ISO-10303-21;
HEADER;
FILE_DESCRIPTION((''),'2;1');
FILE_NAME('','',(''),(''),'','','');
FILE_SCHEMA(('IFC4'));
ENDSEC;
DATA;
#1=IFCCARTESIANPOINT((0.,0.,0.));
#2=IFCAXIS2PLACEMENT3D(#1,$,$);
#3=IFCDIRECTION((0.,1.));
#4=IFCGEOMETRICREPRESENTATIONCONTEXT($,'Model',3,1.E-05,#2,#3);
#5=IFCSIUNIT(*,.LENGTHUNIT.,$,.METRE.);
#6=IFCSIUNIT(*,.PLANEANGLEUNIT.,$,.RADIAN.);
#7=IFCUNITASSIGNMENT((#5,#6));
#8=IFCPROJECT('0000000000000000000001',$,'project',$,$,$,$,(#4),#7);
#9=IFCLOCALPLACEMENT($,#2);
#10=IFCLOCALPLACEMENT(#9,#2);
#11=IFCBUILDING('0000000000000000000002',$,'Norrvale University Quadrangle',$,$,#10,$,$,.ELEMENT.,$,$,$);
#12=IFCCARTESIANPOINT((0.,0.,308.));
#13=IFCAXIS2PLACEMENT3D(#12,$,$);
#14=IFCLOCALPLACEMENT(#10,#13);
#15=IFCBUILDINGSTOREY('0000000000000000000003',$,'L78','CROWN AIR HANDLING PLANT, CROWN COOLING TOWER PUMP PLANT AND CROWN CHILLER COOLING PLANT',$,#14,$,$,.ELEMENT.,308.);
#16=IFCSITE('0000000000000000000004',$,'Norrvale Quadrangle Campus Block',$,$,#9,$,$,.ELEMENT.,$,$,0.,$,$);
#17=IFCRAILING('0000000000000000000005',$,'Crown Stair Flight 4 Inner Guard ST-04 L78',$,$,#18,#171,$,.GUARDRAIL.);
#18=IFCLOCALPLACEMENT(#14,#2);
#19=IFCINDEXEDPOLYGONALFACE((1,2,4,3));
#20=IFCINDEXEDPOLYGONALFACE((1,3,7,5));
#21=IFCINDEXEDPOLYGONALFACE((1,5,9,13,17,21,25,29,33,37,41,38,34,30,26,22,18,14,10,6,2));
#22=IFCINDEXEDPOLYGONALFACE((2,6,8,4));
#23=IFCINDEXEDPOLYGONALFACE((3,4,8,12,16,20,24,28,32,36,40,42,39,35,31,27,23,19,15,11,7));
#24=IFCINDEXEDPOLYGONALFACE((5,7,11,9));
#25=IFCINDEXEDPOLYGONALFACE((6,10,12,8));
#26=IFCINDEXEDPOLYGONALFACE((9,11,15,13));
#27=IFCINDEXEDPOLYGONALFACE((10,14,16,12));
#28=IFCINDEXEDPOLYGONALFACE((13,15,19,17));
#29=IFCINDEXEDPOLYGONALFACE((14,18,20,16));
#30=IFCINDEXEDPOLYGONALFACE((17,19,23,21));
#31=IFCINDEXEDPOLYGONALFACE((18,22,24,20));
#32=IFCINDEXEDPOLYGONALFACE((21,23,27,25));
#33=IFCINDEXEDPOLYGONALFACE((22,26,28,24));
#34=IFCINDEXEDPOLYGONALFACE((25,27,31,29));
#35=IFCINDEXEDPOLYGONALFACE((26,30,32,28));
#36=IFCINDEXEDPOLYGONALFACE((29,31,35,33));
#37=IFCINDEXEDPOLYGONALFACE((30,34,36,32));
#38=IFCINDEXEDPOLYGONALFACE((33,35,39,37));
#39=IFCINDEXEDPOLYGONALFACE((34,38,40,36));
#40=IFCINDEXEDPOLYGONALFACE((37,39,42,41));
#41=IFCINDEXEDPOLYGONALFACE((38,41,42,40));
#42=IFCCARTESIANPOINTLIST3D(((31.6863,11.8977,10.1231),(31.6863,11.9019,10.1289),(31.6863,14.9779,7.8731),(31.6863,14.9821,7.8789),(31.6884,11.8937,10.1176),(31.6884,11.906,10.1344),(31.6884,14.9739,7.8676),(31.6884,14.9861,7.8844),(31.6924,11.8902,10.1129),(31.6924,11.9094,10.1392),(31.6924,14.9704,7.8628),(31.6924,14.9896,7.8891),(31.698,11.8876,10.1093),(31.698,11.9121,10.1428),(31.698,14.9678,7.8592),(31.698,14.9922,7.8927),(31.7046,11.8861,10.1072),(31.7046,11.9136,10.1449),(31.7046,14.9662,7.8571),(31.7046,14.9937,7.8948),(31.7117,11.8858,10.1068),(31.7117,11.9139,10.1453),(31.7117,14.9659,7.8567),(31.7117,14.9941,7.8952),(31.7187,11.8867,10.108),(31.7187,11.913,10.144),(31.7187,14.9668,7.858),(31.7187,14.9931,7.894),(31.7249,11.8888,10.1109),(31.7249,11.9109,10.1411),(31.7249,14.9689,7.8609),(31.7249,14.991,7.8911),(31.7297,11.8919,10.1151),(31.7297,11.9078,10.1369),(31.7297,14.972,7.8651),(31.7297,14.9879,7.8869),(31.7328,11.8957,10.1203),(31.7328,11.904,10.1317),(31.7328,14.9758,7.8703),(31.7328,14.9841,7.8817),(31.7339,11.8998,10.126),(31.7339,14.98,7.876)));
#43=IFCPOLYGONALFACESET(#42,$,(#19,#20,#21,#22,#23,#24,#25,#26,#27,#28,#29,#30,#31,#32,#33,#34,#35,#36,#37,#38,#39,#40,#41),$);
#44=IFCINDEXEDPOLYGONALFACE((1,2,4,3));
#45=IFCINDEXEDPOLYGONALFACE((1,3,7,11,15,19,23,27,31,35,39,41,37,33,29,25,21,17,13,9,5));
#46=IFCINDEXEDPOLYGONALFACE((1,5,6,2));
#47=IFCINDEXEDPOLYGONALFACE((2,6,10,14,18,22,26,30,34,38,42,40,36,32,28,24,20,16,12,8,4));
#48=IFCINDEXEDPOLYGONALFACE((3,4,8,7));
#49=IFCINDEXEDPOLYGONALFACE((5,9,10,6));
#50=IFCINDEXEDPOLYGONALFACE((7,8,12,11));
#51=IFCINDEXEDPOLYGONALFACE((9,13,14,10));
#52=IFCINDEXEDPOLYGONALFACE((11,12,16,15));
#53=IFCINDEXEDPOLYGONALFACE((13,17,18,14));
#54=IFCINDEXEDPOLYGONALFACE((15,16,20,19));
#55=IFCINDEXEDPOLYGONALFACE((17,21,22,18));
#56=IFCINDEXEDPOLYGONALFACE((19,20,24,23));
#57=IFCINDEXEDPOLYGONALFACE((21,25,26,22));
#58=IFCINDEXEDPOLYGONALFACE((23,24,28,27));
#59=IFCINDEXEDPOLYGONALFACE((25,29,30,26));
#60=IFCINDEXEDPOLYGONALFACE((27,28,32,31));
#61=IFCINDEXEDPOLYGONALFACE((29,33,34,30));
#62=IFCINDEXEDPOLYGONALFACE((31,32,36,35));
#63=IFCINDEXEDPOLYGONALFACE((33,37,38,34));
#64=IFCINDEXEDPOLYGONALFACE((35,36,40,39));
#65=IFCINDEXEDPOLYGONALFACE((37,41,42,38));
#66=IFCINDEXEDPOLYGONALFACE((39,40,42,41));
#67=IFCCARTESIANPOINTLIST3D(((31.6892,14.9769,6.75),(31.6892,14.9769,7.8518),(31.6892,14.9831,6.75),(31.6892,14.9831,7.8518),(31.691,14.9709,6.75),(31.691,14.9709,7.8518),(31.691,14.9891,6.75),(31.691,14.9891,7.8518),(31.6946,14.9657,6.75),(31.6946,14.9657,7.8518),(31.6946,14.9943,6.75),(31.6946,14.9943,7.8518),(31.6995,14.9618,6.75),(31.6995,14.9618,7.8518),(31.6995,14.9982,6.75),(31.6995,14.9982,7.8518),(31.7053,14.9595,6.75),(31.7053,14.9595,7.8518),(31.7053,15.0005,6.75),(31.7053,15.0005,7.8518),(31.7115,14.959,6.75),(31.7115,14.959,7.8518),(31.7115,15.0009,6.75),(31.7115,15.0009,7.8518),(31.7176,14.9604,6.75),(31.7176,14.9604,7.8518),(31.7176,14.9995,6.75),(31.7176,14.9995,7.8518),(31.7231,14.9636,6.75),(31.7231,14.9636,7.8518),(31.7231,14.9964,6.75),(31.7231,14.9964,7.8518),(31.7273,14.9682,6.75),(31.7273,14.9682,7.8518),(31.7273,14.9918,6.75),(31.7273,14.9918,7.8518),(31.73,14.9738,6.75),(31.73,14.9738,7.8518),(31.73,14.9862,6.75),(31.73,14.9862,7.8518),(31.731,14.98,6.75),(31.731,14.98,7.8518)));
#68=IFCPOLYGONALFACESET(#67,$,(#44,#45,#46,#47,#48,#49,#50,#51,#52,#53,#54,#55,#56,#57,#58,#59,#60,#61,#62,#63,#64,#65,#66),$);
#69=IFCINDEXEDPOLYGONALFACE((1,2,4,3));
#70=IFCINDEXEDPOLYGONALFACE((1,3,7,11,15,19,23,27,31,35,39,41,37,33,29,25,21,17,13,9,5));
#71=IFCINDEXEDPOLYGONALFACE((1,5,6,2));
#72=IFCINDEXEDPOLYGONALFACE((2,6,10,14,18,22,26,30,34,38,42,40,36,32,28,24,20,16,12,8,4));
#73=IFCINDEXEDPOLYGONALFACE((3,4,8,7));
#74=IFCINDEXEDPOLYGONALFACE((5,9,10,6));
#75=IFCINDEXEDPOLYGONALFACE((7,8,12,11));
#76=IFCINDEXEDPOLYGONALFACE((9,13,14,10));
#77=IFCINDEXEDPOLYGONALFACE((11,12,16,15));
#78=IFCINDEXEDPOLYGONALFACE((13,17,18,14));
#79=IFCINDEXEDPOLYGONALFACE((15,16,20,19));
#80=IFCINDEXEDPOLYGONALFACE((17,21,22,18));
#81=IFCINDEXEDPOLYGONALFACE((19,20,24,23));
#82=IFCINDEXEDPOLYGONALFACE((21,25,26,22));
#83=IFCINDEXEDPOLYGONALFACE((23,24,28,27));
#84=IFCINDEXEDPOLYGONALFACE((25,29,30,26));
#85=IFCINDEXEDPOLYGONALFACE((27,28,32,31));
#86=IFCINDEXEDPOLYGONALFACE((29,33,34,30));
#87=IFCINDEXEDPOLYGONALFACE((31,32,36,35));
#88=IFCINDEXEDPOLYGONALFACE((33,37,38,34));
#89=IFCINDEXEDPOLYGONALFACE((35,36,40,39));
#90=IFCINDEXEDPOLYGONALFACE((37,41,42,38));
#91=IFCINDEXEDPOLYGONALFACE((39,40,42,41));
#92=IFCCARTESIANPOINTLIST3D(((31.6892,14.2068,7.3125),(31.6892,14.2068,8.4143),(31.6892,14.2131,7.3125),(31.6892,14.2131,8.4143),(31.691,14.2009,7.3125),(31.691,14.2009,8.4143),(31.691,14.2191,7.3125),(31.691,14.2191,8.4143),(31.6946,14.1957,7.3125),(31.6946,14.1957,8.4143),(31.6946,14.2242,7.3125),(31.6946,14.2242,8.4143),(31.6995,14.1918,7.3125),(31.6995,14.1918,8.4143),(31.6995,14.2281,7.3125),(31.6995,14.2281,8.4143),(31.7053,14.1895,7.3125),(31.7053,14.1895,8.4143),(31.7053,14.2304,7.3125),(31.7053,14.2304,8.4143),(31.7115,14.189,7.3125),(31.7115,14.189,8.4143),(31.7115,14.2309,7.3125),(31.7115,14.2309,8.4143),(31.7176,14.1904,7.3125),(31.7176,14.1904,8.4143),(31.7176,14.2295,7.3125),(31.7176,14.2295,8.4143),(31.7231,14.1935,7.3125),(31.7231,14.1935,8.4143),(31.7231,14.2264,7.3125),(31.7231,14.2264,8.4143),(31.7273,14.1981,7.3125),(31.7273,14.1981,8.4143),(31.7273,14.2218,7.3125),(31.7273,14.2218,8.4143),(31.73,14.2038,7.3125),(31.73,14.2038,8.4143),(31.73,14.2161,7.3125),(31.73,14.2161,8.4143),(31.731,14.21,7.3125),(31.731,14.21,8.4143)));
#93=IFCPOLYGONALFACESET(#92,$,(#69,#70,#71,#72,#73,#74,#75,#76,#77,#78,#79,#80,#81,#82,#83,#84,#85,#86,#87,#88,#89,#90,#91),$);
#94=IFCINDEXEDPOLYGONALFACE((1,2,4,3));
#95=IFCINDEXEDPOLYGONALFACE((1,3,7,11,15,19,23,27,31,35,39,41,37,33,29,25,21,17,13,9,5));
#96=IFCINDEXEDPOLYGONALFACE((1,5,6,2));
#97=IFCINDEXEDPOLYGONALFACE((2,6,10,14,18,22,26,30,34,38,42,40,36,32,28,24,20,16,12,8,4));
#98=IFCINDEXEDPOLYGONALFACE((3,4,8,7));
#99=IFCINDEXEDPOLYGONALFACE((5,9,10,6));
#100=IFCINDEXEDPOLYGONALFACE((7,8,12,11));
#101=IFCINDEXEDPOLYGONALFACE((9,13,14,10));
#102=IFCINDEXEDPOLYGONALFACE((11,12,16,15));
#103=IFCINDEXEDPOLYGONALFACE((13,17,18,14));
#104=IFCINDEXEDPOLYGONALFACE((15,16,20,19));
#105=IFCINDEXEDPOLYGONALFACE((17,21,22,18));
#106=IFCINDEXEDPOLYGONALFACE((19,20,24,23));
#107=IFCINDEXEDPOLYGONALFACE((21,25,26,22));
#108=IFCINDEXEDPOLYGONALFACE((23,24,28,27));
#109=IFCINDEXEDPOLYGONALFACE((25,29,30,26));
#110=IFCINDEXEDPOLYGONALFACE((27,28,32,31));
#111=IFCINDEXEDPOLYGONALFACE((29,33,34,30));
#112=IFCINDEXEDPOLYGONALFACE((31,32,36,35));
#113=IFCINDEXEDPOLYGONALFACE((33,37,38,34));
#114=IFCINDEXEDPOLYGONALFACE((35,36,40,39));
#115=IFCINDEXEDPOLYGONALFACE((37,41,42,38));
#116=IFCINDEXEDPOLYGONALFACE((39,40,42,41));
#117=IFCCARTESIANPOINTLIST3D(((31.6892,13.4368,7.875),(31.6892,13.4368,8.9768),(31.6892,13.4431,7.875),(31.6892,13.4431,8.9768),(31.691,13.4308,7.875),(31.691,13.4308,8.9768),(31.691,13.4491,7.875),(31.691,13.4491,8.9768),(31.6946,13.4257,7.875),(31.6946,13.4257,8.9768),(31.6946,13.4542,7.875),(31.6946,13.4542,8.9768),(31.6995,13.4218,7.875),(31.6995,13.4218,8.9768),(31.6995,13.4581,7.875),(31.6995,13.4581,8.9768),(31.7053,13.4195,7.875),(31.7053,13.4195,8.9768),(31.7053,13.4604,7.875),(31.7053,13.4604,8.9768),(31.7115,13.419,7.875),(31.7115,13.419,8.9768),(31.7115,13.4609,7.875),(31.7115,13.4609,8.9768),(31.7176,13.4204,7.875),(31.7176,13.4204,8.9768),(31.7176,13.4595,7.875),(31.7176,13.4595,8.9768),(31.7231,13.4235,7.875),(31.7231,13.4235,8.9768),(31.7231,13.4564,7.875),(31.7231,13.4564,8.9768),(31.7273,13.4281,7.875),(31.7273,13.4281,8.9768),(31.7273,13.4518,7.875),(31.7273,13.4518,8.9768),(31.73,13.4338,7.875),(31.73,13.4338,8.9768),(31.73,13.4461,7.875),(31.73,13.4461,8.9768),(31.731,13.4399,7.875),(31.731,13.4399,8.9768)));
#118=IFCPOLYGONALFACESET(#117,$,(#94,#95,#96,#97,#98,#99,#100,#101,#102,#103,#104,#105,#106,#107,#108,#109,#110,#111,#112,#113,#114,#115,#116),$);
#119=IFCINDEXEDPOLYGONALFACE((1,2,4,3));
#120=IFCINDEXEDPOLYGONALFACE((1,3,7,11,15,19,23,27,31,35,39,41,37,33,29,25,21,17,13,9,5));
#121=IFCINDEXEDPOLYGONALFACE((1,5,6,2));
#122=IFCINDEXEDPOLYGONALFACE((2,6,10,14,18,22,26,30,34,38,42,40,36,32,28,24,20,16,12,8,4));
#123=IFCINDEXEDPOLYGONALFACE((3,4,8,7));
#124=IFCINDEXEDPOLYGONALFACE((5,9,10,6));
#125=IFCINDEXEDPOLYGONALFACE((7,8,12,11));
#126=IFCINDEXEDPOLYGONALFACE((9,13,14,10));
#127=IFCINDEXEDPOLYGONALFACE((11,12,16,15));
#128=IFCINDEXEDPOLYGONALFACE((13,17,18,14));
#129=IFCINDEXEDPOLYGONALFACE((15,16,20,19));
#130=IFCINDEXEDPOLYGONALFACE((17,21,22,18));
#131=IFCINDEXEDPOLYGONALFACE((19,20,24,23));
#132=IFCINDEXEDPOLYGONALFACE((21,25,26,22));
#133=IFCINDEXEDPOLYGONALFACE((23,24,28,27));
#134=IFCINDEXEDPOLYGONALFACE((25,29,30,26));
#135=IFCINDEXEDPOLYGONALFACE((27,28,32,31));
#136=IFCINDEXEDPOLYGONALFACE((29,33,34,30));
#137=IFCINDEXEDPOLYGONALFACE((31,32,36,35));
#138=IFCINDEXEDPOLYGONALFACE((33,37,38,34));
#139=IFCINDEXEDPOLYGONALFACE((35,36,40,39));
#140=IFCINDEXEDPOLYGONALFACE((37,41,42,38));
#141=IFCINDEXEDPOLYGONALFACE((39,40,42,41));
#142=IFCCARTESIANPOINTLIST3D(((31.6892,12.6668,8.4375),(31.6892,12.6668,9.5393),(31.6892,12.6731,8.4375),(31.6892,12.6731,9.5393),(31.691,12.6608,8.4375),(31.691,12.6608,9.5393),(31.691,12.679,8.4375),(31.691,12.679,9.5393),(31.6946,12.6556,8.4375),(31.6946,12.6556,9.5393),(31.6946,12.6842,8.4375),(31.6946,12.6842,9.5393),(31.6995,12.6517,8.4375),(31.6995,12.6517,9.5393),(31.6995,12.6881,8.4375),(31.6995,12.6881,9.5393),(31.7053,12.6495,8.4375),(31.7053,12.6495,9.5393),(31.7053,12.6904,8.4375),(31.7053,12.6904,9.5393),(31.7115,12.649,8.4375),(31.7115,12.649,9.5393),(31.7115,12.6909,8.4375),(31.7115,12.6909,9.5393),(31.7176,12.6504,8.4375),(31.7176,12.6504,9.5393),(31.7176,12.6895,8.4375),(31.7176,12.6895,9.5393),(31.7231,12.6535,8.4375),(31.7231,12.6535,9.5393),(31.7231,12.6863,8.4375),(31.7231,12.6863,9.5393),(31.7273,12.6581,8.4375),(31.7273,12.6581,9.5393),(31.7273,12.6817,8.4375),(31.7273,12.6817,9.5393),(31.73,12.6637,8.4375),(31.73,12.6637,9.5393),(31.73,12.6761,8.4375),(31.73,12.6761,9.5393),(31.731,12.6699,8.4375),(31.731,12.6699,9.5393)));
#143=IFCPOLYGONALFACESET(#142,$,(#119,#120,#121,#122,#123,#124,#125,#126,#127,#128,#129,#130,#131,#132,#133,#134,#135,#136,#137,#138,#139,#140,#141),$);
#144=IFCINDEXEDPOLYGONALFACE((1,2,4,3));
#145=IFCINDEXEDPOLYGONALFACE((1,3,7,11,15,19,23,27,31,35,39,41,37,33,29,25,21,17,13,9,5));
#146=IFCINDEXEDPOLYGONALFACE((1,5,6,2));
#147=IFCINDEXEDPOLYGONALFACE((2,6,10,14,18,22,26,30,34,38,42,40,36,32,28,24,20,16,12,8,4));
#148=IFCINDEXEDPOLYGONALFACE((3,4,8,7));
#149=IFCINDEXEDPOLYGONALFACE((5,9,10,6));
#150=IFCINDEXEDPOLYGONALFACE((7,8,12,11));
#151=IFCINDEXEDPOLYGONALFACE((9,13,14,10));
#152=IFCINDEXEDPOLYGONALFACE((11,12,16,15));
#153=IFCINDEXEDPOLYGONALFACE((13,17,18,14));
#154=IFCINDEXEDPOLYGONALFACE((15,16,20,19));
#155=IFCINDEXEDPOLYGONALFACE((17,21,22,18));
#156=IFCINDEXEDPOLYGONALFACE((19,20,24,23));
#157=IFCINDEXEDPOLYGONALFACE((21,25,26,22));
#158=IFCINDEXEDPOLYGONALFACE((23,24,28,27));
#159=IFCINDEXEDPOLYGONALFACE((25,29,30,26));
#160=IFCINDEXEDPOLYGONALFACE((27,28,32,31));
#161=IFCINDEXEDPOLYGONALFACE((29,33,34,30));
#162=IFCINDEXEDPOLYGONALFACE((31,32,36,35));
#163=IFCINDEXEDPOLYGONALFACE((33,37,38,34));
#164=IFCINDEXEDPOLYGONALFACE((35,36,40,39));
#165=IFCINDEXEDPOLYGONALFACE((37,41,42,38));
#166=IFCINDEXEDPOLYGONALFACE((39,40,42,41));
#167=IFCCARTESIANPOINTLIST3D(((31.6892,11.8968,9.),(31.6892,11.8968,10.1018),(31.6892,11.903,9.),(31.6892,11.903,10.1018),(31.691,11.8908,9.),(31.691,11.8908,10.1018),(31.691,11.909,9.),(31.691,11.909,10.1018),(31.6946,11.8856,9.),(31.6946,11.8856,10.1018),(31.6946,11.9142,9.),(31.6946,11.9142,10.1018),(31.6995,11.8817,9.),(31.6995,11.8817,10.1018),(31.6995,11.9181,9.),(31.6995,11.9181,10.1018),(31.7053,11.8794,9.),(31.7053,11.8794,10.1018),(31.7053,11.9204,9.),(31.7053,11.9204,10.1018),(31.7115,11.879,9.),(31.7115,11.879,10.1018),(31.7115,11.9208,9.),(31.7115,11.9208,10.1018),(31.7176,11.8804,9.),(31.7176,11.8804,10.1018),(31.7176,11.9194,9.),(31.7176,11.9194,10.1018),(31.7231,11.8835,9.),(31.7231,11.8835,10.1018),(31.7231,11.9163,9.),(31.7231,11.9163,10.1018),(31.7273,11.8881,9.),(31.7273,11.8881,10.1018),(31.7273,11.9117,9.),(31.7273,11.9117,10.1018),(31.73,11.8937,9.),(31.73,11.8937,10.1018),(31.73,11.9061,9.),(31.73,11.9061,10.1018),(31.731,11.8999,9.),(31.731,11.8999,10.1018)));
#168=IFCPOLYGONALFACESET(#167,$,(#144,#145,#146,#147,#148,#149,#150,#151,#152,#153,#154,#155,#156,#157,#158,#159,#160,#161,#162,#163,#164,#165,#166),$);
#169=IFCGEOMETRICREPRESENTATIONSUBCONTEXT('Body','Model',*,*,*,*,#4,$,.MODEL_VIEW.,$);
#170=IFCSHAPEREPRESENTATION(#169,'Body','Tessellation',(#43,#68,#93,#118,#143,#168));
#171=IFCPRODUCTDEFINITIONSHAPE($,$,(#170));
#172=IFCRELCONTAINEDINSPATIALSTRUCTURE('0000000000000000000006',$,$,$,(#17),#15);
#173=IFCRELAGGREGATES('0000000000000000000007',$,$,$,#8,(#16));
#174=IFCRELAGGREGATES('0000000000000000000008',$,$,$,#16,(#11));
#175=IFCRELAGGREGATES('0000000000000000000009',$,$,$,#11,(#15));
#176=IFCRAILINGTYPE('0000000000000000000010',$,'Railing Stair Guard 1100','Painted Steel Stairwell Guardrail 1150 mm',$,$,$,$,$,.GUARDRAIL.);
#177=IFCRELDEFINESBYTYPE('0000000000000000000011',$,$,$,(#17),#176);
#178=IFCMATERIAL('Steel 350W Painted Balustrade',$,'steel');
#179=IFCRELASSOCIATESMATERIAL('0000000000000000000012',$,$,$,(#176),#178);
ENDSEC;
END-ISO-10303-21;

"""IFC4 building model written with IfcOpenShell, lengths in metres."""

from ifc_helpers import new_model, si_unit, direction, frame, origin, origin_2d, place, context, subcontext, project, spatial, circle, extrude, material, type_object, element, save


model = new_model("IFC4")

# Units and contexts
model_context = context("Model", 3, precision=1e-05, world=origin(), true_north=direction((0.0, 1.0)))
body_context = subcontext(model_context, "Body", "Model", "MODEL_VIEW")
ifc_project = project(units=[si_unit("LENGTHUNIT", "METRE"), si_unit("PLANEANGLEUNIT", "RADIAN")], contexts=[model_context])

# Site, building, storey
site_placement = place(None, origin())
site = spatial("IfcSite", under=ifc_project, at=site_placement, Name="Norrvale Quadrangle Campus Block", CompositionType="ELEMENT", RefElevation=0.0)
building_placement = place(site_placement, origin())
building = spatial("IfcBuilding", under=site, at=building_placement, Name="Norrvale University Quadrangle", CompositionType="ELEMENT")
storey_placement = place(building_placement, frame((0.0, 0.0, 308.0)))
storey = spatial("IfcBuildingStorey", under=building, at=storey_placement, Name="L78", Description="CROWN AIR HANDLING PLANT, CROWN COOLING TOWER PUMP PLANT AND CROWN CHILLER COOLING PLANT", CompositionType="ELEMENT", Elevation=308.0)

# Railing
ifc_material_1 = material(Name="Steel 350W Painted Balustrade", Category="steel")
railing_type = type_object("IfcRailingType", Name="Railing Stair Guard 1100", Description="Painted Steel Stairwell Guardrail 1150 mm", PredefinedType="GUARDRAIL", material=ifc_material_1)
for number, where, name in (
    (1, (31.71, 14.98, 6.75), "Crown Stair Flight 4 Inner Guard ST-04 L78"),
):
    element("IfcRailing", number, at=place(storey_placement, frame(where)), inside=storey, type_object=railing_type, Name=name, PredefinedType="GUARDRAIL", context=body_context, shape_type="SweptSolid", body=[
        extrude(circle(Radius=0.0239, at=origin_2d()), frame((0.0, 0.0, 1.126), z_axis=(0.0, -0.807494, 0.589875), x_axis=(1.0, 0.0, 0.0)), (0.0, 0.0, 1.0), 3.8145),
        extrude(circle(Radius=0.021, at=origin_2d()), origin(), (0.0, 0.0, 1.0), 1.1018),
        extrude(circle(Radius=0.021, at=origin_2d()), frame((0.0, -0.77, 0.5625)), (0.0, 0.0, 1.0), 1.1018),
        extrude(circle(Radius=0.021, at=origin_2d()), frame((0.0, -1.54, 1.125)), (0.0, 0.0, 1.0), 1.1018),
        extrude(circle(Radius=0.021, at=origin_2d()), frame((0.0, -2.3101, 1.6875)), (0.0, 0.0, 1.0), 1.1018),
        extrude(circle(Radius=0.021, at=origin_2d()), frame((0.0, -3.0801, 2.25)), (0.0, 0.0, 1.0), 1.1018),
    ])

save(model, "model.ifc")
